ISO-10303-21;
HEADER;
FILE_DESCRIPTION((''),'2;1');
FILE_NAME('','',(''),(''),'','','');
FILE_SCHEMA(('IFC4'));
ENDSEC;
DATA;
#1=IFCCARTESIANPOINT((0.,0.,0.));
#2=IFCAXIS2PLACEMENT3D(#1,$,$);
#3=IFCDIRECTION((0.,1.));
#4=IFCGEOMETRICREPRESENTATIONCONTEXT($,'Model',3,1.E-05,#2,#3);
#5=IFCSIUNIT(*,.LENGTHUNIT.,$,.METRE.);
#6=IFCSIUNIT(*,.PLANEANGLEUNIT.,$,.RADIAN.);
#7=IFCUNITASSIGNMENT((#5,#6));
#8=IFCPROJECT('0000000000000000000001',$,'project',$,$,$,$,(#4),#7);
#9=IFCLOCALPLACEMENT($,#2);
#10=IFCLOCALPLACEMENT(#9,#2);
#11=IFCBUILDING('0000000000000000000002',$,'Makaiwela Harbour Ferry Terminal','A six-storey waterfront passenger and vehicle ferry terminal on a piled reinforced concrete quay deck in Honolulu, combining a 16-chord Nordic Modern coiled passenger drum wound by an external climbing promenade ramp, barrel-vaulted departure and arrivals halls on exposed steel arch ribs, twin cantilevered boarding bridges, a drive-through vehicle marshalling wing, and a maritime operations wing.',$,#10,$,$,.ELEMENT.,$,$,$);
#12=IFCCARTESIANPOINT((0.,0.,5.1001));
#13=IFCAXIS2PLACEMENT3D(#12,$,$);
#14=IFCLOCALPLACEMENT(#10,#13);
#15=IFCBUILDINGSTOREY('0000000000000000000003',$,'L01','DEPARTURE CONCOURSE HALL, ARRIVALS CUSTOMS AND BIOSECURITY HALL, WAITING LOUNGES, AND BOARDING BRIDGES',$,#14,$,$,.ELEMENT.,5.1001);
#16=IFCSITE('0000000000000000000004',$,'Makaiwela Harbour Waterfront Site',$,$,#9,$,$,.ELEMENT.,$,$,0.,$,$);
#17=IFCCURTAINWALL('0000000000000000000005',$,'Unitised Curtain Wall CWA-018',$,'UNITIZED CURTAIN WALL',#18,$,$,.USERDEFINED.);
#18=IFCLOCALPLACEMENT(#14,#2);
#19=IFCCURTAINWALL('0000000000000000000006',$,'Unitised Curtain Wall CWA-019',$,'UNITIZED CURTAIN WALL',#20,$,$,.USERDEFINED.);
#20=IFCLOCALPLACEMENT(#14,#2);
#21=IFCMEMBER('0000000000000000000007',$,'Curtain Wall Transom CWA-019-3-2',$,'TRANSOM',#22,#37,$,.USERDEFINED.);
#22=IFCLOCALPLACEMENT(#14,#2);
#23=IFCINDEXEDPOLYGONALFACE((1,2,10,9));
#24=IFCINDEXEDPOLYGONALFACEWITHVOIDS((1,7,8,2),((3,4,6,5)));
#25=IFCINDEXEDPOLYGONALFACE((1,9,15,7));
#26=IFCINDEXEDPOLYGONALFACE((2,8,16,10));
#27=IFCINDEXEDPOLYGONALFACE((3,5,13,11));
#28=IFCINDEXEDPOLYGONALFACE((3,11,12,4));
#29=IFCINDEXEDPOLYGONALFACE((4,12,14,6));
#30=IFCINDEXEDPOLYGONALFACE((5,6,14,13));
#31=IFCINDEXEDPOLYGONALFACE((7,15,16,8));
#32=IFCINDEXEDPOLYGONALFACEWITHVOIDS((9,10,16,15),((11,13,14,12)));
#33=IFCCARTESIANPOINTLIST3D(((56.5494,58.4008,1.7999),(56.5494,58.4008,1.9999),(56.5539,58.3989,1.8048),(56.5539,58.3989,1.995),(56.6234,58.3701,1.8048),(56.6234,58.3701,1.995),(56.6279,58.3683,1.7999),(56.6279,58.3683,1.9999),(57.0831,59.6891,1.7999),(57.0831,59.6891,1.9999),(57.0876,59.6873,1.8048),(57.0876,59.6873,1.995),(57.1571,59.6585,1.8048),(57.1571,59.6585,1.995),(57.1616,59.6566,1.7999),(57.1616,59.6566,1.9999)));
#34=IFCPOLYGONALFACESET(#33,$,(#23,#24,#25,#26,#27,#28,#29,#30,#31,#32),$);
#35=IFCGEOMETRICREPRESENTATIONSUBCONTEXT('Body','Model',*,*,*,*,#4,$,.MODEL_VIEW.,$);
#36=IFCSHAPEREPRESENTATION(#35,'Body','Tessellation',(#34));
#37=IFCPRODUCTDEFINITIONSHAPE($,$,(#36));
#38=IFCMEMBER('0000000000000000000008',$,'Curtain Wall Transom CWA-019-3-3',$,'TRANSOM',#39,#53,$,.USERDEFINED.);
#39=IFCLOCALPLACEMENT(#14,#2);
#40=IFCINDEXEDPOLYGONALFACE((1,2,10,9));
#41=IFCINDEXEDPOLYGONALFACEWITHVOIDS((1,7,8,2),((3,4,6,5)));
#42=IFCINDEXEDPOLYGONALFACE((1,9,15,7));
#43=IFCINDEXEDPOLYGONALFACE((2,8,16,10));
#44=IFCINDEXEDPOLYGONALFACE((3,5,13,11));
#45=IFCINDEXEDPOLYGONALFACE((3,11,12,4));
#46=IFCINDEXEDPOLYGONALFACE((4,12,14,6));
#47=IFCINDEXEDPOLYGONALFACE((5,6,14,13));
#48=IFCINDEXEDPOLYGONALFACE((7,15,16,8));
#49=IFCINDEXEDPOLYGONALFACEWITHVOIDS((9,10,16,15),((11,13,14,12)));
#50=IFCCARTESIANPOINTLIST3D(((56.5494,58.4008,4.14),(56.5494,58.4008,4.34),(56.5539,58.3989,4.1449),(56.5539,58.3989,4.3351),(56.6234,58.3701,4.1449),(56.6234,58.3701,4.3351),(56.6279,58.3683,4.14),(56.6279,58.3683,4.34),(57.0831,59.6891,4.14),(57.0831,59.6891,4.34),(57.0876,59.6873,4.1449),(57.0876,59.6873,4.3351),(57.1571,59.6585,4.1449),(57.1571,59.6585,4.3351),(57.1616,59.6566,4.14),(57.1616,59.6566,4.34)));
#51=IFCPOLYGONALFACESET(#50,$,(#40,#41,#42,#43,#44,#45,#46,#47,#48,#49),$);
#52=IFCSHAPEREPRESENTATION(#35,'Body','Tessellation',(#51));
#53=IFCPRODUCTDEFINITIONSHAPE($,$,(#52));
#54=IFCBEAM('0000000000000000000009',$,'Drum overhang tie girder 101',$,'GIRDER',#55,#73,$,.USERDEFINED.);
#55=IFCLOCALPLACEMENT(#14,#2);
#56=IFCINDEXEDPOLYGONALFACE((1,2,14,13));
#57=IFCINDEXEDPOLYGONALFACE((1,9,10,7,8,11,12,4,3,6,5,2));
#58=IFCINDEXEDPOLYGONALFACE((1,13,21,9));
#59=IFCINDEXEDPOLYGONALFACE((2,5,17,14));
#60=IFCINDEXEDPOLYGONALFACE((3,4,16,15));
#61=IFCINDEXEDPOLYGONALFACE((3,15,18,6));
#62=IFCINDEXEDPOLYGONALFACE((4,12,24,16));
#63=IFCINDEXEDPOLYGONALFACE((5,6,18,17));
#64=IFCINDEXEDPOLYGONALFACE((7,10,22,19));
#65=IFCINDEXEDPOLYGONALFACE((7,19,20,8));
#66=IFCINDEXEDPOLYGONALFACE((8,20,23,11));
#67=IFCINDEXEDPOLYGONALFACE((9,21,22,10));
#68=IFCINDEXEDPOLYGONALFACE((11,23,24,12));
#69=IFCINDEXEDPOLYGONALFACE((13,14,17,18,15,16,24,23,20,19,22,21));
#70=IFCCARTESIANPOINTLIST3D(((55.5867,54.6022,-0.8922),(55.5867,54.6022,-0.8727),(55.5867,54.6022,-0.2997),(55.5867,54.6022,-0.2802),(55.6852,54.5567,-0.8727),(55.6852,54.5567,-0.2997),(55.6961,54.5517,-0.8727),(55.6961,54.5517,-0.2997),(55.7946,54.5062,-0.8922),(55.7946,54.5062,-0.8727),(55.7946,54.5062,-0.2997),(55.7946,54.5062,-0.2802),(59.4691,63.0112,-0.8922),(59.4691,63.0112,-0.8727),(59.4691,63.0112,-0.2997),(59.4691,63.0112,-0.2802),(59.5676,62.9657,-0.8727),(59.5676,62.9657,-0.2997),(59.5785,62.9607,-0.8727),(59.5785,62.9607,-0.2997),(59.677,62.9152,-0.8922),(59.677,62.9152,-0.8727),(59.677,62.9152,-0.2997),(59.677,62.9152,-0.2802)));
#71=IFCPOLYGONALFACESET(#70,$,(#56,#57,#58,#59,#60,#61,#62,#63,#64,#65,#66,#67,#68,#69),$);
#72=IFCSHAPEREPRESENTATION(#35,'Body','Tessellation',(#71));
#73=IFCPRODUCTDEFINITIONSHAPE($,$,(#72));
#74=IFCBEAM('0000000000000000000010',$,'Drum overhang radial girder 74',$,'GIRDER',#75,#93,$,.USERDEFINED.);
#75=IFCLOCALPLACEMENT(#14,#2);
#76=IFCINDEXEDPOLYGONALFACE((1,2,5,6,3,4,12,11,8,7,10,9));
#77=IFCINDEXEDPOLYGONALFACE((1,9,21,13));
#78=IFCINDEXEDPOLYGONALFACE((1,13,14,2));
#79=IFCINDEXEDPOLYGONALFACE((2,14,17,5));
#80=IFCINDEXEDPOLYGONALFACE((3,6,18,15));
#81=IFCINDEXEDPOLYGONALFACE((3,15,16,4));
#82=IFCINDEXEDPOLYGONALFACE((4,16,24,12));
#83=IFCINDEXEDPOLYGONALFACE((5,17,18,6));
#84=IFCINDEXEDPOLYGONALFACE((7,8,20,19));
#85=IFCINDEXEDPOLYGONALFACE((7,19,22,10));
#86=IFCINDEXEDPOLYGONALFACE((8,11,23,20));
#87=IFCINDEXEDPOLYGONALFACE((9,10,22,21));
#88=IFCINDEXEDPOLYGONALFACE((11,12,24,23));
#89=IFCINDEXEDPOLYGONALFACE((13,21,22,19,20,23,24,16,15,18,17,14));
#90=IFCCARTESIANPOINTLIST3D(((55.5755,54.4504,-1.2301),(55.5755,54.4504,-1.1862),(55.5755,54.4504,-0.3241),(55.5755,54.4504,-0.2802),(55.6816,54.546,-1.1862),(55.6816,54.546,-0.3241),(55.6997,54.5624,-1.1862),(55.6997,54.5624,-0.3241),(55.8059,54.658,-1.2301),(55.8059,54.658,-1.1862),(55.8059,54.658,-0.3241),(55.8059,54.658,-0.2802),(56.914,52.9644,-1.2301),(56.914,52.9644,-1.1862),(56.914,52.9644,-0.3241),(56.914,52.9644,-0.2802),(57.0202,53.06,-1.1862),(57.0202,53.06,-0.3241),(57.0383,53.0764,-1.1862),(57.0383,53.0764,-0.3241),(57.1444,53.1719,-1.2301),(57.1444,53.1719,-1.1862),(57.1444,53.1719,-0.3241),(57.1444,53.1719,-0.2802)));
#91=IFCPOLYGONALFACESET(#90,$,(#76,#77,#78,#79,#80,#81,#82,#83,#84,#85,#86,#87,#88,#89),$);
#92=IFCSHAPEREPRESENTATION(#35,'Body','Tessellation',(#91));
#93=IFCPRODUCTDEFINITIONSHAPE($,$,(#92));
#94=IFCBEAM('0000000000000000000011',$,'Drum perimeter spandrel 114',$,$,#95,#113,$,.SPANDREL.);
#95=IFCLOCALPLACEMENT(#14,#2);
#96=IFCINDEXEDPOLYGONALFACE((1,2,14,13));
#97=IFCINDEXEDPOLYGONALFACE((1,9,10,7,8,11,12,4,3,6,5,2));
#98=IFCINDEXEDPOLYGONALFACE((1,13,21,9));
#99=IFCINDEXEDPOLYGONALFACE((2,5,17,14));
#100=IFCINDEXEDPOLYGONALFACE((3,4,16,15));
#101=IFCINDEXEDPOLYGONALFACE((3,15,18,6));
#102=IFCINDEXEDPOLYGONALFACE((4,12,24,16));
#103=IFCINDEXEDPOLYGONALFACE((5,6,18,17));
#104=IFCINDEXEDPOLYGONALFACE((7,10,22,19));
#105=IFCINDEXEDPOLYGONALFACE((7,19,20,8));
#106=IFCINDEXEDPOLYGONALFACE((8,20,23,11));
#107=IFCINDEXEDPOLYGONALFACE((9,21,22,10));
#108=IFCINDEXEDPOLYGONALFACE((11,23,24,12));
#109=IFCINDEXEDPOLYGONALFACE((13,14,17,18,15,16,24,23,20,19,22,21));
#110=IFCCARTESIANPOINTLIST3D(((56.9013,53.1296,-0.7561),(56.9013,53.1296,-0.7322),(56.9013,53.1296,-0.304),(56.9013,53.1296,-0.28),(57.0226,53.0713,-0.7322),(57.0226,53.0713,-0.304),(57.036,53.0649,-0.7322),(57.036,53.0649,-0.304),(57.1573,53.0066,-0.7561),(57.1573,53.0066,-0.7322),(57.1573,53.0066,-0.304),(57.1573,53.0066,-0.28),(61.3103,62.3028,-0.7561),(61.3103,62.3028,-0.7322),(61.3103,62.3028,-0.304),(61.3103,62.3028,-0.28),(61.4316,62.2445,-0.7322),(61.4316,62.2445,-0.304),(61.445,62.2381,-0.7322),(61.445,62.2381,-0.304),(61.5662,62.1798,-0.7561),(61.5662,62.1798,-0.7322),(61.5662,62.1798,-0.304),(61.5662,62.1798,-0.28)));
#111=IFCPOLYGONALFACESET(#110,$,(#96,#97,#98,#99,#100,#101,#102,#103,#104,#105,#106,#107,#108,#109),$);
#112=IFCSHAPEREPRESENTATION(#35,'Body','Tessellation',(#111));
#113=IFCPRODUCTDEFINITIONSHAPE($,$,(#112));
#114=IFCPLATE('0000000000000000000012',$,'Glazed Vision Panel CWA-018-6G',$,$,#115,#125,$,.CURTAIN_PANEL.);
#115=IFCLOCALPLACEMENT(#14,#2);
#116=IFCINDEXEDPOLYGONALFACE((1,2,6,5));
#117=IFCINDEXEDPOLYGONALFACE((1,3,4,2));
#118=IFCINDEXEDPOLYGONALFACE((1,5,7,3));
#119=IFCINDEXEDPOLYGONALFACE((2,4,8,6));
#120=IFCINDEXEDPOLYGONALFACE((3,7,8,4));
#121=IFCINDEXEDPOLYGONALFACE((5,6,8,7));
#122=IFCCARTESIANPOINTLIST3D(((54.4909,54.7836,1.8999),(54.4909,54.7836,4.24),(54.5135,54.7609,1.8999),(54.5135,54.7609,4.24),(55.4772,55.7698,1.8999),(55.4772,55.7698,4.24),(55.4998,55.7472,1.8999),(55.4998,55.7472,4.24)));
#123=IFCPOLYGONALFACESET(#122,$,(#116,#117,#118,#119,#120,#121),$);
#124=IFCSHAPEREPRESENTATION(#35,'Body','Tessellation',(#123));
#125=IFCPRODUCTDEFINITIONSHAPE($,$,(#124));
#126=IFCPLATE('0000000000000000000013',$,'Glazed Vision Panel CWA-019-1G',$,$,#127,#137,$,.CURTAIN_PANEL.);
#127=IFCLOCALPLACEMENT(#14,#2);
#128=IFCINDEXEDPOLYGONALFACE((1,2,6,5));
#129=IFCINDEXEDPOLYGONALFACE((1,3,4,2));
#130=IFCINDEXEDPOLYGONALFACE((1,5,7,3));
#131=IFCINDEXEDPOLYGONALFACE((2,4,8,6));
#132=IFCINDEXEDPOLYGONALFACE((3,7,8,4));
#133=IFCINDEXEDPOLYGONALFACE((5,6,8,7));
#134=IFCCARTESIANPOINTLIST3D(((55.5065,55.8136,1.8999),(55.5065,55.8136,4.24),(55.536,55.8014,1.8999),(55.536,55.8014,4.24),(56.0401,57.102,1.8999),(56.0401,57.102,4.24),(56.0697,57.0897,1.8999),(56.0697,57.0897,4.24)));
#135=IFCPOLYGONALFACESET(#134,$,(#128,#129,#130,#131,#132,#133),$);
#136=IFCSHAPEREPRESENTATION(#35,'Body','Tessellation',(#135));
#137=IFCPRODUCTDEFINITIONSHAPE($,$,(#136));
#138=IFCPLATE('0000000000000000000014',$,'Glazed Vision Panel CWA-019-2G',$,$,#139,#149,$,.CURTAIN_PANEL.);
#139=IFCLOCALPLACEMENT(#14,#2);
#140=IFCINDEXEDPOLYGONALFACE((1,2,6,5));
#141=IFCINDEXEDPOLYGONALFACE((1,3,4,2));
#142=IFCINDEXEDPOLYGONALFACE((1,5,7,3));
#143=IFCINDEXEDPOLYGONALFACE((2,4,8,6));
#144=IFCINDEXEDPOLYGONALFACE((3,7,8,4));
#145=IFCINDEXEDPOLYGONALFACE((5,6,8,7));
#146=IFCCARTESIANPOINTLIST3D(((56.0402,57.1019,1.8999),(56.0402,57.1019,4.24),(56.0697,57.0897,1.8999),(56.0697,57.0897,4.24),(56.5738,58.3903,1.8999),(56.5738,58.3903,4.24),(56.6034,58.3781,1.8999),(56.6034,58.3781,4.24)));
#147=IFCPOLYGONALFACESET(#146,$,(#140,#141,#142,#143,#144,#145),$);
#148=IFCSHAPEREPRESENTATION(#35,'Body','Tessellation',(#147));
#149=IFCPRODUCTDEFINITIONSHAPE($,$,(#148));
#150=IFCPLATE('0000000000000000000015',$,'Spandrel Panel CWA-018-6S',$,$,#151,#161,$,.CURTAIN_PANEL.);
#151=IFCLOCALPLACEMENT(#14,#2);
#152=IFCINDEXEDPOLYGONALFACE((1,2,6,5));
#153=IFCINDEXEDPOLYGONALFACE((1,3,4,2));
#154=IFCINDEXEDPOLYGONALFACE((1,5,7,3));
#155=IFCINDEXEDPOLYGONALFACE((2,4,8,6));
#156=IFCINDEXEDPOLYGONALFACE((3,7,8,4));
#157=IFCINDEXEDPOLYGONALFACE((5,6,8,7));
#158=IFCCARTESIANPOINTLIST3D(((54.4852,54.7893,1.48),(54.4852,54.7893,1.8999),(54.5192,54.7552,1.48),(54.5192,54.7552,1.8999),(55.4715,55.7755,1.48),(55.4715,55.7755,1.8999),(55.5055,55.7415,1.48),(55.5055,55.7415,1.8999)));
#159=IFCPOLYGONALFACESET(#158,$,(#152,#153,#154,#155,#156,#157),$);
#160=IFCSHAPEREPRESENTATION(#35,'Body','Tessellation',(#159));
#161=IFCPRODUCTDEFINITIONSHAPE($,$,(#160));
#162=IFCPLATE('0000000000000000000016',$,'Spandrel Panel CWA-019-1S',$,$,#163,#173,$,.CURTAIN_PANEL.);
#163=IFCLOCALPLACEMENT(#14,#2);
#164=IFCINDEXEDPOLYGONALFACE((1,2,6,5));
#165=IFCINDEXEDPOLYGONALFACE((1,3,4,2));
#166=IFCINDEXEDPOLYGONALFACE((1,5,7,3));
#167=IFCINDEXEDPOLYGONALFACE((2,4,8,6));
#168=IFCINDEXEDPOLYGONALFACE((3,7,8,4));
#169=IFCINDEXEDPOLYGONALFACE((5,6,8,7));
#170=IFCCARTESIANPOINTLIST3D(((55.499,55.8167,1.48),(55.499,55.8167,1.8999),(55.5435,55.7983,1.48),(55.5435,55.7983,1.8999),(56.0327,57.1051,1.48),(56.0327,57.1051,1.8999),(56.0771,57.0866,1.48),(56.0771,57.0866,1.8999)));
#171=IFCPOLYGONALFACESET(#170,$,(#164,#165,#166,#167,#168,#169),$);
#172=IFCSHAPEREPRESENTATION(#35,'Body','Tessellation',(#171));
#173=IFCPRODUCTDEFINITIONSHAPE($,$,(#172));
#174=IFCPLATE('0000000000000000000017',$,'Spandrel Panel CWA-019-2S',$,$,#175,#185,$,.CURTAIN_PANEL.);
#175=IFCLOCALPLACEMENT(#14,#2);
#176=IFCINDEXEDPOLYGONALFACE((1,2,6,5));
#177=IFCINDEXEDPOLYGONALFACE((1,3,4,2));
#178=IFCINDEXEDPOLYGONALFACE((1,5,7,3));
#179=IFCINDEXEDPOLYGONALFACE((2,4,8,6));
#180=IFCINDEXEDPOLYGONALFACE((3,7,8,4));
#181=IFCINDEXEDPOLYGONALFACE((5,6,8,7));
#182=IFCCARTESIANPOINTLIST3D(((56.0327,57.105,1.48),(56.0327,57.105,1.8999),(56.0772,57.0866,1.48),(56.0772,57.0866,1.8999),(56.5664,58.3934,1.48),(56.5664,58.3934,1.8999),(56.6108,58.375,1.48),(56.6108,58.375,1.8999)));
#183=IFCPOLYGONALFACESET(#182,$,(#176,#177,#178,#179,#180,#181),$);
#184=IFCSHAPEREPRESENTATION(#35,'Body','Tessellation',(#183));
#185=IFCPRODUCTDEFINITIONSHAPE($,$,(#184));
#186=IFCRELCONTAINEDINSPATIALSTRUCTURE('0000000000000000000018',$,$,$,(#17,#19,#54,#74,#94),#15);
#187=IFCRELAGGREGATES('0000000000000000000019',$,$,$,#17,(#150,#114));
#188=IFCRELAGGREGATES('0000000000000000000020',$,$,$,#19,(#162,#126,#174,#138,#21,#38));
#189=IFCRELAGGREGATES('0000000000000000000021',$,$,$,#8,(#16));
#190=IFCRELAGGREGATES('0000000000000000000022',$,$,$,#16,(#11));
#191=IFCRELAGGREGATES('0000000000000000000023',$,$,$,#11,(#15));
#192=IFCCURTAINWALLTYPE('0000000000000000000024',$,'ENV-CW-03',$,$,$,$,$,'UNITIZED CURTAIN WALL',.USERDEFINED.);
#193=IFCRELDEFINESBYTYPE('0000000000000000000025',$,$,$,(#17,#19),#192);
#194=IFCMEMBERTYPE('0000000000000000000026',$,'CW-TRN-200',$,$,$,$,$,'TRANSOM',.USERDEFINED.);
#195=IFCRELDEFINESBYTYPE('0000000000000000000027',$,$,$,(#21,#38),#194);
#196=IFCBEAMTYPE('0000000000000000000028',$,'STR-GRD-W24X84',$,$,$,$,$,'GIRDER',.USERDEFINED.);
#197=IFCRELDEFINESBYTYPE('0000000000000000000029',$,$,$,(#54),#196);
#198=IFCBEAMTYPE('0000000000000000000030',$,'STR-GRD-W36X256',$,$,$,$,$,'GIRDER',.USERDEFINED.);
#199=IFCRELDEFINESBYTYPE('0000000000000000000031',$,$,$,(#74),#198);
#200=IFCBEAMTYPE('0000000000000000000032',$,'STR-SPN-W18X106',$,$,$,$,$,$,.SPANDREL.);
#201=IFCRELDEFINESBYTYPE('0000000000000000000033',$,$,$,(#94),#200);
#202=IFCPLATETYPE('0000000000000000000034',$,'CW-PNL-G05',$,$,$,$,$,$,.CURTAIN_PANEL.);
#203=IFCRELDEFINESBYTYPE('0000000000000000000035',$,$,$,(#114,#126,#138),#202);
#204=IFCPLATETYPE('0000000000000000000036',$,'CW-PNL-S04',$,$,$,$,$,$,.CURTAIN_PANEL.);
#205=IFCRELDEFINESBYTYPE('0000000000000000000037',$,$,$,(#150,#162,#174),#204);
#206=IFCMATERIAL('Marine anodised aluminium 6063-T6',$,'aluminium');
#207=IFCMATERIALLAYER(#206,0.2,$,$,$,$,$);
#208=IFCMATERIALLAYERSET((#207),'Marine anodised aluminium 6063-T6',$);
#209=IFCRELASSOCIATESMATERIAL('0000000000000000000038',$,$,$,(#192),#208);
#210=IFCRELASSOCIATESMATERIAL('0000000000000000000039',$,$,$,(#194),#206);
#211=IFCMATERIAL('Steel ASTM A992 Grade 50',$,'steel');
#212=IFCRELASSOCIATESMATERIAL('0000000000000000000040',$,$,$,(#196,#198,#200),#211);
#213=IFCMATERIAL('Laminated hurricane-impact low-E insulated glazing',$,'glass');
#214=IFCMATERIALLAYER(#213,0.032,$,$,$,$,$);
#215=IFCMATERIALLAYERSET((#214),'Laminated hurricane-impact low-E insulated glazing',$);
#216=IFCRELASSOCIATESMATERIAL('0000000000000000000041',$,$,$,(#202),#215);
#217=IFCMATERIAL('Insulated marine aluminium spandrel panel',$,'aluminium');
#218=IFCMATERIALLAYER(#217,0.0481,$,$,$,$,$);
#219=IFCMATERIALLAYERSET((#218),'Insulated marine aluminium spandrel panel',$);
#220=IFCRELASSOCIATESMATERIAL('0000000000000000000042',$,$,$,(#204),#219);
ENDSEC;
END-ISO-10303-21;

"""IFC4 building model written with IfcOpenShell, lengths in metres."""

from ifc_helpers import new_model, si_unit, direction, frame, origin, origin_2d, place, context, subcontext, project, spatial, rectangle, hollow_rectangle, i_section, extrude, material, layer, layer_set, material_profile, profile_set, type_object, element, aggregate, save


model = new_model("IFC4")

# Units and contexts
model_context = context("Model", 3, precision=1e-05, world=origin(), true_north=direction((0.0, 1.0)))
body_context = subcontext(model_context, "Body", "Model", "MODEL_VIEW")
ifc_project = project(units=[si_unit("LENGTHUNIT", "METRE"), si_unit("PLANEANGLEUNIT", "RADIAN")], contexts=[model_context])

# Site, building, storey
site_placement = place(None, origin())
site = spatial("IfcSite", under=ifc_project, at=site_placement, Name="Makaiwela Harbour Waterfront Site", CompositionType="ELEMENT", RefElevation=0.0)
building_placement = place(site_placement, origin())
building = spatial("IfcBuilding", under=site, at=building_placement, Name="Makaiwela Harbour Ferry Terminal", Description="A six-storey waterfront passenger and vehicle ferry terminal on a piled reinforced concrete quay deck in Honolulu, combining a 16-chord Nordic Modern coiled passenger drum wound by an external climbing promenade ramp, barrel-vaulted departure and arrivals halls on exposed steel arch ribs, twin cantilevered boarding bridges, a drive-through vehicle marshalling wing, and a maritime operations wing.", CompositionType="ELEMENT")
storey_placement = place(building_placement, frame((0.0, 0.0, 5.1001)))
storey = spatial("IfcBuildingStorey", under=building, at=storey_placement, Name="L01", Description="DEPARTURE CONCOURSE HALL, ARRIVALS CUSTOMS AND BIOSECURITY HALL, WAITING LOUNGES, AND BOARDING BRIDGES", CompositionType="ELEMENT", Elevation=5.1001)

# Curtain wall
ifc_material_1 = material(Name="Marine anodised aluminium 6063-T6", Category="aluminium")
ifc_layer_1 = layer(ifc_material_1, 0.2)
ifc_layer_set_1 = layer_set([ifc_layer_1], Name="Marine anodised aluminium 6063-T6")
curtain_wall_type = type_object("IfcCurtainWallType", Name="ENV-CW-03", ElementType="UNITIZED CURTAIN WALL", PredefinedType="USERDEFINED", material=ifc_layer_set_1)
curtain_wall_1_placement = place(storey_placement, origin())
curtain_wall_1 = element("IfcCurtainWall", 1, at=curtain_wall_1_placement, inside=storey, type_object=curtain_wall_type, Name="Unitised Curtain Wall CWA-018", ObjectType="UNITIZED CURTAIN WALL", PredefinedType="USERDEFINED")

# Curtain wall, members
curtain_wall_2_placement = place(storey_placement, origin())
curtain_wall_2 = element("IfcCurtainWall", 2, at=curtain_wall_2_placement, inside=storey, type_object=curtain_wall_type, Name="Unitised Curtain Wall CWA-019", ObjectType="UNITIZED CURTAIN WALL", PredefinedType="USERDEFINED")
ifc_material_profile_1 = material_profile(ifc_material_1, hollow_rectangle(XDim=0.085, YDim=0.2, WallThickness=0.0049, at=origin_2d()), Name="CWT-200X85")
ifc_profile_set_1 = profile_set([ifc_material_profile_1], Name="Marine anodised aluminium 6063-T6")
member_type_1 = type_object("IfcMemberType", Name="CW-TRN-200", ElementType="TRANSOM", PredefinedType="USERDEFINED", material=ifc_profile_set_1)
member_1_placement = place(storey_placement, frame((56.5886, 58.3845, 1.8999), z_axis=(0.382713, 0.923867, 0.0), x_axis=(-0.923867, 0.382713, 0.0)))
member_1 = element("IfcMember", 3, at=member_1_placement, type_object=member_type_1, Name="Curtain Wall Transom CWA-019-3-2", ObjectType="TRANSOM", PredefinedType="USERDEFINED", context=body_context, shape_type="SweptSolid", body=[
    extrude(hollow_rectangle(XDim=0.085, YDim=0.2, WallThickness=0.0049, at=origin_2d()), origin(), (0.0, 0.0, 1.0), 1.3945),
])
member_2_placement = place(storey_placement, frame((56.5886, 58.3845, 4.24), z_axis=(0.382713, 0.923867, 0.0), x_axis=(-0.923867, 0.382713, 0.0)))
member_2 = element("IfcMember", 4, at=member_2_placement, type_object=member_type_1, Name="Curtain Wall Transom CWA-019-3-3", ObjectType="TRANSOM", PredefinedType="USERDEFINED", context=body_context, shape_type="SweptSolid", body=[
    extrude(hollow_rectangle(XDim=0.085, YDim=0.2, WallThickness=0.0049, at=origin_2d()), origin(), (0.0, 0.0, 1.0), 1.3945),
])

# Beams
ifc_material_2 = material(Name="Steel ASTM A992 Grade 50", Category="steel")
ifc_material_profile_2 = material_profile(ifc_material_2, i_section(OverallWidth=0.229, OverallDepth=0.6121, WebThickness=0.012, FlangeThickness=0.0195, at=origin_2d()), Name="W24X84")
ifc_profile_set_2 = profile_set([ifc_material_profile_2], Name="Steel ASTM A992 Grade 50")
beam_type_1 = type_object("IfcBeamType", Name="STR-GRD-W24X84", ElementType="GIRDER", PredefinedType="USERDEFINED", material=ifc_profile_set_2)
beam_1_placement = place(storey_placement, frame((55.6907, 54.5542, -0.5862), z_axis=(0.419172, 0.907907, 0.0), x_axis=(-0.907907, 0.419172, 0.0)))
element("IfcBeam", 5, at=beam_1_placement, inside=storey, type_object=beam_type_1, Name="Drum overhang tie girder 101", ObjectType="GIRDER", PredefinedType="USERDEFINED", context=body_context, shape_type="SweptSolid", body=[
    extrude(i_section(OverallWidth=0.229, OverallDepth=0.6121, WebThickness=0.012, FlangeThickness=0.0195, at=origin_2d()), origin(), (0.0, 0.0, 1.0), 9.262),
])
ifc_material_profile_3 = material_profile(ifc_material_2, i_section(OverallWidth=0.3101, OverallDepth=0.95, WebThickness=0.0244, FlangeThickness=0.0439, at=origin_2d()), Name="W36X256")
ifc_profile_set_3 = profile_set([ifc_material_profile_3], Name="Steel ASTM A992 Grade 50")
beam_type_2 = type_object("IfcBeamType", Name="STR-GRD-W36X256", ElementType="GIRDER", PredefinedType="USERDEFINED", material=ifc_profile_set_3)
beam_2_placement = place(storey_placement, frame((55.6907, 54.5542, -0.7551), z_axis=(0.669282, -0.743009, 0.0), x_axis=(0.743009, 0.669282, 0.0)))
element("IfcBeam", 6, at=beam_2_placement, inside=storey, type_object=beam_type_2, Name="Drum overhang radial girder 74", ObjectType="GIRDER", PredefinedType="USERDEFINED", context=body_context, shape_type="SweptSolid", body=[
    extrude(i_section(OverallWidth=0.3101, OverallDepth=0.95, WebThickness=0.0244, FlangeThickness=0.0439, at=origin_2d()), origin(), (0.0, 0.0, 1.0), 2.0),
])
ifc_material_profile_4 = material_profile(ifc_material_2, i_section(OverallWidth=0.2839, OverallDepth=0.4761, WebThickness=0.0149, FlangeThickness=0.0239, at=origin_2d()), Name="W18X106")
ifc_profile_set_4 = profile_set([ifc_material_profile_4], Name="Steel ASTM A992 Grade 50")
beam_type_3 = type_object("IfcBeamType", Name="STR-SPN-W18X106", PredefinedType="SPANDREL", material=ifc_profile_set_4)
beam_3_placement = place(storey_placement, frame((57.0293, 53.0681, -0.5181), z_axis=(0.433198, 0.901299, 0.0), x_axis=(-0.901299, 0.433198, 0.0)))
element("IfcBeam", 7, at=beam_3_placement, inside=storey, type_object=beam_type_3, Name="Drum perimeter spandrel 114", PredefinedType="SPANDREL", context=body_context, shape_type="SweptSolid", body=[
    extrude(i_section(OverallWidth=0.2839, OverallDepth=0.4761, WebThickness=0.0149, FlangeThickness=0.0239, at=origin_2d()), origin(), (0.0, 0.0, 1.0), 10.1777),
])

# Plates
ifc_material_3 = material(Name="Laminated hurricane-impact low-E insulated glazing", Category="glass")
ifc_layer_2 = layer(ifc_material_3, 0.032)
ifc_layer_set_2 = layer_set([ifc_layer_2], Name="Laminated hurricane-impact low-E insulated glazing")
plate_type_1 = type_object("IfcPlateType", Name="CW-PNL-G05", PredefinedType="CURTAIN_PANEL", material=ifc_layer_set_2)
plate_1_placement = place(storey_placement, frame((54.9954, 55.2654, 1.8999), z_axis=(0.0, 0.0, 1.0), x_axis=(0.707107, 0.707107, 0.0)))
plate_1 = element("IfcPlate", 8, at=plate_1_placement, type_object=plate_type_1, Name="Glazed Vision Panel CWA-018-6G", PredefinedType="CURTAIN_PANEL", context=body_context, shape_type="SweptSolid", body=[
    extrude(rectangle(XDim=1.3948, YDim=0.032, at=origin_2d()), origin(), (0.0, 0.0, 1.0), 2.3401),
])
plate_2_placement = place(storey_placement, frame((55.7881, 56.4517, 1.8999), z_axis=(0.0, 0.0, 1.0), x_axis=(0.382683, 0.92388, 0.0)))
plate_2 = element("IfcPlate", 9, at=plate_2_placement, type_object=plate_type_1, Name="Glazed Vision Panel CWA-019-1G", PredefinedType="CURTAIN_PANEL", context=body_context, shape_type="SweptSolid", body=[
    extrude(rectangle(XDim=1.3945, YDim=0.032, at=origin_2d()), origin(), (0.0, 0.0, 1.0), 2.3401),
])
plate_3_placement = place(storey_placement, frame((56.3218, 57.74, 1.8999), z_axis=(0.0, 0.0, 1.0), x_axis=(0.382683, 0.92388, 0.0)))
plate_3 = element("IfcPlate", 10, at=plate_3_placement, type_object=plate_type_1, Name="Glazed Vision Panel CWA-019-2G", PredefinedType="CURTAIN_PANEL", context=body_context, shape_type="SweptSolid", body=[
    extrude(rectangle(XDim=1.3945, YDim=0.032, at=origin_2d()), origin(), (0.0, 0.0, 1.0), 2.3401),
])
ifc_material_4 = material(Name="Insulated marine aluminium spandrel panel", Category="aluminium")
ifc_layer_3 = layer(ifc_material_4, 0.0481)
ifc_layer_set_3 = layer_set([ifc_layer_3], Name="Insulated marine aluminium spandrel panel")
plate_type_2 = type_object("IfcPlateType", Name="CW-PNL-S04", PredefinedType="CURTAIN_PANEL", material=ifc_layer_set_3)
plate_4_placement = place(storey_placement, frame((54.9954, 55.2654, 1.48), z_axis=(0.0, 0.0, 1.0), x_axis=(0.707107, 0.707107, 0.0)))
plate_4 = element("IfcPlate", 11, at=plate_4_placement, type_object=plate_type_2, Name="Spandrel Panel CWA-018-6S", PredefinedType="CURTAIN_PANEL", context=body_context, shape_type="SweptSolid", body=[
    extrude(rectangle(XDim=1.3948, YDim=0.0481, at=origin_2d()), origin(), (0.0, 0.0, 1.0), 0.4199),
])
aggregate(curtain_wall_1, [plate_4, plate_1])
plate_5_placement = place(storey_placement, frame((55.7881, 56.4517, 1.48), z_axis=(0.0, 0.0, 1.0), x_axis=(0.382683, 0.92388, 0.0)))
plate_5 = element("IfcPlate", 12, at=plate_5_placement, type_object=plate_type_2, Name="Spandrel Panel CWA-019-1S", PredefinedType="CURTAIN_PANEL", context=body_context, shape_type="SweptSolid", body=[
    extrude(rectangle(XDim=1.3945, YDim=0.0481, at=origin_2d()), origin(), (0.0, 0.0, 1.0), 0.4199),
])
plate_6_placement = place(storey_placement, frame((56.3218, 57.74, 1.48), z_axis=(0.0, 0.0, 1.0), x_axis=(0.382683, 0.92388, 0.0)))
plate_6 = element("IfcPlate", 13, at=plate_6_placement, type_object=plate_type_2, Name="Spandrel Panel CWA-019-2S", PredefinedType="CURTAIN_PANEL", context=body_context, shape_type="SweptSolid", body=[
    extrude(rectangle(XDim=1.3945, YDim=0.0481, at=origin_2d()), origin(), (0.0, 0.0, 1.0), 0.4199),
])
aggregate(curtain_wall_2, [plate_5, plate_2, plate_6, plate_3, member_1, member_2])

save(model, "model.ifc")
